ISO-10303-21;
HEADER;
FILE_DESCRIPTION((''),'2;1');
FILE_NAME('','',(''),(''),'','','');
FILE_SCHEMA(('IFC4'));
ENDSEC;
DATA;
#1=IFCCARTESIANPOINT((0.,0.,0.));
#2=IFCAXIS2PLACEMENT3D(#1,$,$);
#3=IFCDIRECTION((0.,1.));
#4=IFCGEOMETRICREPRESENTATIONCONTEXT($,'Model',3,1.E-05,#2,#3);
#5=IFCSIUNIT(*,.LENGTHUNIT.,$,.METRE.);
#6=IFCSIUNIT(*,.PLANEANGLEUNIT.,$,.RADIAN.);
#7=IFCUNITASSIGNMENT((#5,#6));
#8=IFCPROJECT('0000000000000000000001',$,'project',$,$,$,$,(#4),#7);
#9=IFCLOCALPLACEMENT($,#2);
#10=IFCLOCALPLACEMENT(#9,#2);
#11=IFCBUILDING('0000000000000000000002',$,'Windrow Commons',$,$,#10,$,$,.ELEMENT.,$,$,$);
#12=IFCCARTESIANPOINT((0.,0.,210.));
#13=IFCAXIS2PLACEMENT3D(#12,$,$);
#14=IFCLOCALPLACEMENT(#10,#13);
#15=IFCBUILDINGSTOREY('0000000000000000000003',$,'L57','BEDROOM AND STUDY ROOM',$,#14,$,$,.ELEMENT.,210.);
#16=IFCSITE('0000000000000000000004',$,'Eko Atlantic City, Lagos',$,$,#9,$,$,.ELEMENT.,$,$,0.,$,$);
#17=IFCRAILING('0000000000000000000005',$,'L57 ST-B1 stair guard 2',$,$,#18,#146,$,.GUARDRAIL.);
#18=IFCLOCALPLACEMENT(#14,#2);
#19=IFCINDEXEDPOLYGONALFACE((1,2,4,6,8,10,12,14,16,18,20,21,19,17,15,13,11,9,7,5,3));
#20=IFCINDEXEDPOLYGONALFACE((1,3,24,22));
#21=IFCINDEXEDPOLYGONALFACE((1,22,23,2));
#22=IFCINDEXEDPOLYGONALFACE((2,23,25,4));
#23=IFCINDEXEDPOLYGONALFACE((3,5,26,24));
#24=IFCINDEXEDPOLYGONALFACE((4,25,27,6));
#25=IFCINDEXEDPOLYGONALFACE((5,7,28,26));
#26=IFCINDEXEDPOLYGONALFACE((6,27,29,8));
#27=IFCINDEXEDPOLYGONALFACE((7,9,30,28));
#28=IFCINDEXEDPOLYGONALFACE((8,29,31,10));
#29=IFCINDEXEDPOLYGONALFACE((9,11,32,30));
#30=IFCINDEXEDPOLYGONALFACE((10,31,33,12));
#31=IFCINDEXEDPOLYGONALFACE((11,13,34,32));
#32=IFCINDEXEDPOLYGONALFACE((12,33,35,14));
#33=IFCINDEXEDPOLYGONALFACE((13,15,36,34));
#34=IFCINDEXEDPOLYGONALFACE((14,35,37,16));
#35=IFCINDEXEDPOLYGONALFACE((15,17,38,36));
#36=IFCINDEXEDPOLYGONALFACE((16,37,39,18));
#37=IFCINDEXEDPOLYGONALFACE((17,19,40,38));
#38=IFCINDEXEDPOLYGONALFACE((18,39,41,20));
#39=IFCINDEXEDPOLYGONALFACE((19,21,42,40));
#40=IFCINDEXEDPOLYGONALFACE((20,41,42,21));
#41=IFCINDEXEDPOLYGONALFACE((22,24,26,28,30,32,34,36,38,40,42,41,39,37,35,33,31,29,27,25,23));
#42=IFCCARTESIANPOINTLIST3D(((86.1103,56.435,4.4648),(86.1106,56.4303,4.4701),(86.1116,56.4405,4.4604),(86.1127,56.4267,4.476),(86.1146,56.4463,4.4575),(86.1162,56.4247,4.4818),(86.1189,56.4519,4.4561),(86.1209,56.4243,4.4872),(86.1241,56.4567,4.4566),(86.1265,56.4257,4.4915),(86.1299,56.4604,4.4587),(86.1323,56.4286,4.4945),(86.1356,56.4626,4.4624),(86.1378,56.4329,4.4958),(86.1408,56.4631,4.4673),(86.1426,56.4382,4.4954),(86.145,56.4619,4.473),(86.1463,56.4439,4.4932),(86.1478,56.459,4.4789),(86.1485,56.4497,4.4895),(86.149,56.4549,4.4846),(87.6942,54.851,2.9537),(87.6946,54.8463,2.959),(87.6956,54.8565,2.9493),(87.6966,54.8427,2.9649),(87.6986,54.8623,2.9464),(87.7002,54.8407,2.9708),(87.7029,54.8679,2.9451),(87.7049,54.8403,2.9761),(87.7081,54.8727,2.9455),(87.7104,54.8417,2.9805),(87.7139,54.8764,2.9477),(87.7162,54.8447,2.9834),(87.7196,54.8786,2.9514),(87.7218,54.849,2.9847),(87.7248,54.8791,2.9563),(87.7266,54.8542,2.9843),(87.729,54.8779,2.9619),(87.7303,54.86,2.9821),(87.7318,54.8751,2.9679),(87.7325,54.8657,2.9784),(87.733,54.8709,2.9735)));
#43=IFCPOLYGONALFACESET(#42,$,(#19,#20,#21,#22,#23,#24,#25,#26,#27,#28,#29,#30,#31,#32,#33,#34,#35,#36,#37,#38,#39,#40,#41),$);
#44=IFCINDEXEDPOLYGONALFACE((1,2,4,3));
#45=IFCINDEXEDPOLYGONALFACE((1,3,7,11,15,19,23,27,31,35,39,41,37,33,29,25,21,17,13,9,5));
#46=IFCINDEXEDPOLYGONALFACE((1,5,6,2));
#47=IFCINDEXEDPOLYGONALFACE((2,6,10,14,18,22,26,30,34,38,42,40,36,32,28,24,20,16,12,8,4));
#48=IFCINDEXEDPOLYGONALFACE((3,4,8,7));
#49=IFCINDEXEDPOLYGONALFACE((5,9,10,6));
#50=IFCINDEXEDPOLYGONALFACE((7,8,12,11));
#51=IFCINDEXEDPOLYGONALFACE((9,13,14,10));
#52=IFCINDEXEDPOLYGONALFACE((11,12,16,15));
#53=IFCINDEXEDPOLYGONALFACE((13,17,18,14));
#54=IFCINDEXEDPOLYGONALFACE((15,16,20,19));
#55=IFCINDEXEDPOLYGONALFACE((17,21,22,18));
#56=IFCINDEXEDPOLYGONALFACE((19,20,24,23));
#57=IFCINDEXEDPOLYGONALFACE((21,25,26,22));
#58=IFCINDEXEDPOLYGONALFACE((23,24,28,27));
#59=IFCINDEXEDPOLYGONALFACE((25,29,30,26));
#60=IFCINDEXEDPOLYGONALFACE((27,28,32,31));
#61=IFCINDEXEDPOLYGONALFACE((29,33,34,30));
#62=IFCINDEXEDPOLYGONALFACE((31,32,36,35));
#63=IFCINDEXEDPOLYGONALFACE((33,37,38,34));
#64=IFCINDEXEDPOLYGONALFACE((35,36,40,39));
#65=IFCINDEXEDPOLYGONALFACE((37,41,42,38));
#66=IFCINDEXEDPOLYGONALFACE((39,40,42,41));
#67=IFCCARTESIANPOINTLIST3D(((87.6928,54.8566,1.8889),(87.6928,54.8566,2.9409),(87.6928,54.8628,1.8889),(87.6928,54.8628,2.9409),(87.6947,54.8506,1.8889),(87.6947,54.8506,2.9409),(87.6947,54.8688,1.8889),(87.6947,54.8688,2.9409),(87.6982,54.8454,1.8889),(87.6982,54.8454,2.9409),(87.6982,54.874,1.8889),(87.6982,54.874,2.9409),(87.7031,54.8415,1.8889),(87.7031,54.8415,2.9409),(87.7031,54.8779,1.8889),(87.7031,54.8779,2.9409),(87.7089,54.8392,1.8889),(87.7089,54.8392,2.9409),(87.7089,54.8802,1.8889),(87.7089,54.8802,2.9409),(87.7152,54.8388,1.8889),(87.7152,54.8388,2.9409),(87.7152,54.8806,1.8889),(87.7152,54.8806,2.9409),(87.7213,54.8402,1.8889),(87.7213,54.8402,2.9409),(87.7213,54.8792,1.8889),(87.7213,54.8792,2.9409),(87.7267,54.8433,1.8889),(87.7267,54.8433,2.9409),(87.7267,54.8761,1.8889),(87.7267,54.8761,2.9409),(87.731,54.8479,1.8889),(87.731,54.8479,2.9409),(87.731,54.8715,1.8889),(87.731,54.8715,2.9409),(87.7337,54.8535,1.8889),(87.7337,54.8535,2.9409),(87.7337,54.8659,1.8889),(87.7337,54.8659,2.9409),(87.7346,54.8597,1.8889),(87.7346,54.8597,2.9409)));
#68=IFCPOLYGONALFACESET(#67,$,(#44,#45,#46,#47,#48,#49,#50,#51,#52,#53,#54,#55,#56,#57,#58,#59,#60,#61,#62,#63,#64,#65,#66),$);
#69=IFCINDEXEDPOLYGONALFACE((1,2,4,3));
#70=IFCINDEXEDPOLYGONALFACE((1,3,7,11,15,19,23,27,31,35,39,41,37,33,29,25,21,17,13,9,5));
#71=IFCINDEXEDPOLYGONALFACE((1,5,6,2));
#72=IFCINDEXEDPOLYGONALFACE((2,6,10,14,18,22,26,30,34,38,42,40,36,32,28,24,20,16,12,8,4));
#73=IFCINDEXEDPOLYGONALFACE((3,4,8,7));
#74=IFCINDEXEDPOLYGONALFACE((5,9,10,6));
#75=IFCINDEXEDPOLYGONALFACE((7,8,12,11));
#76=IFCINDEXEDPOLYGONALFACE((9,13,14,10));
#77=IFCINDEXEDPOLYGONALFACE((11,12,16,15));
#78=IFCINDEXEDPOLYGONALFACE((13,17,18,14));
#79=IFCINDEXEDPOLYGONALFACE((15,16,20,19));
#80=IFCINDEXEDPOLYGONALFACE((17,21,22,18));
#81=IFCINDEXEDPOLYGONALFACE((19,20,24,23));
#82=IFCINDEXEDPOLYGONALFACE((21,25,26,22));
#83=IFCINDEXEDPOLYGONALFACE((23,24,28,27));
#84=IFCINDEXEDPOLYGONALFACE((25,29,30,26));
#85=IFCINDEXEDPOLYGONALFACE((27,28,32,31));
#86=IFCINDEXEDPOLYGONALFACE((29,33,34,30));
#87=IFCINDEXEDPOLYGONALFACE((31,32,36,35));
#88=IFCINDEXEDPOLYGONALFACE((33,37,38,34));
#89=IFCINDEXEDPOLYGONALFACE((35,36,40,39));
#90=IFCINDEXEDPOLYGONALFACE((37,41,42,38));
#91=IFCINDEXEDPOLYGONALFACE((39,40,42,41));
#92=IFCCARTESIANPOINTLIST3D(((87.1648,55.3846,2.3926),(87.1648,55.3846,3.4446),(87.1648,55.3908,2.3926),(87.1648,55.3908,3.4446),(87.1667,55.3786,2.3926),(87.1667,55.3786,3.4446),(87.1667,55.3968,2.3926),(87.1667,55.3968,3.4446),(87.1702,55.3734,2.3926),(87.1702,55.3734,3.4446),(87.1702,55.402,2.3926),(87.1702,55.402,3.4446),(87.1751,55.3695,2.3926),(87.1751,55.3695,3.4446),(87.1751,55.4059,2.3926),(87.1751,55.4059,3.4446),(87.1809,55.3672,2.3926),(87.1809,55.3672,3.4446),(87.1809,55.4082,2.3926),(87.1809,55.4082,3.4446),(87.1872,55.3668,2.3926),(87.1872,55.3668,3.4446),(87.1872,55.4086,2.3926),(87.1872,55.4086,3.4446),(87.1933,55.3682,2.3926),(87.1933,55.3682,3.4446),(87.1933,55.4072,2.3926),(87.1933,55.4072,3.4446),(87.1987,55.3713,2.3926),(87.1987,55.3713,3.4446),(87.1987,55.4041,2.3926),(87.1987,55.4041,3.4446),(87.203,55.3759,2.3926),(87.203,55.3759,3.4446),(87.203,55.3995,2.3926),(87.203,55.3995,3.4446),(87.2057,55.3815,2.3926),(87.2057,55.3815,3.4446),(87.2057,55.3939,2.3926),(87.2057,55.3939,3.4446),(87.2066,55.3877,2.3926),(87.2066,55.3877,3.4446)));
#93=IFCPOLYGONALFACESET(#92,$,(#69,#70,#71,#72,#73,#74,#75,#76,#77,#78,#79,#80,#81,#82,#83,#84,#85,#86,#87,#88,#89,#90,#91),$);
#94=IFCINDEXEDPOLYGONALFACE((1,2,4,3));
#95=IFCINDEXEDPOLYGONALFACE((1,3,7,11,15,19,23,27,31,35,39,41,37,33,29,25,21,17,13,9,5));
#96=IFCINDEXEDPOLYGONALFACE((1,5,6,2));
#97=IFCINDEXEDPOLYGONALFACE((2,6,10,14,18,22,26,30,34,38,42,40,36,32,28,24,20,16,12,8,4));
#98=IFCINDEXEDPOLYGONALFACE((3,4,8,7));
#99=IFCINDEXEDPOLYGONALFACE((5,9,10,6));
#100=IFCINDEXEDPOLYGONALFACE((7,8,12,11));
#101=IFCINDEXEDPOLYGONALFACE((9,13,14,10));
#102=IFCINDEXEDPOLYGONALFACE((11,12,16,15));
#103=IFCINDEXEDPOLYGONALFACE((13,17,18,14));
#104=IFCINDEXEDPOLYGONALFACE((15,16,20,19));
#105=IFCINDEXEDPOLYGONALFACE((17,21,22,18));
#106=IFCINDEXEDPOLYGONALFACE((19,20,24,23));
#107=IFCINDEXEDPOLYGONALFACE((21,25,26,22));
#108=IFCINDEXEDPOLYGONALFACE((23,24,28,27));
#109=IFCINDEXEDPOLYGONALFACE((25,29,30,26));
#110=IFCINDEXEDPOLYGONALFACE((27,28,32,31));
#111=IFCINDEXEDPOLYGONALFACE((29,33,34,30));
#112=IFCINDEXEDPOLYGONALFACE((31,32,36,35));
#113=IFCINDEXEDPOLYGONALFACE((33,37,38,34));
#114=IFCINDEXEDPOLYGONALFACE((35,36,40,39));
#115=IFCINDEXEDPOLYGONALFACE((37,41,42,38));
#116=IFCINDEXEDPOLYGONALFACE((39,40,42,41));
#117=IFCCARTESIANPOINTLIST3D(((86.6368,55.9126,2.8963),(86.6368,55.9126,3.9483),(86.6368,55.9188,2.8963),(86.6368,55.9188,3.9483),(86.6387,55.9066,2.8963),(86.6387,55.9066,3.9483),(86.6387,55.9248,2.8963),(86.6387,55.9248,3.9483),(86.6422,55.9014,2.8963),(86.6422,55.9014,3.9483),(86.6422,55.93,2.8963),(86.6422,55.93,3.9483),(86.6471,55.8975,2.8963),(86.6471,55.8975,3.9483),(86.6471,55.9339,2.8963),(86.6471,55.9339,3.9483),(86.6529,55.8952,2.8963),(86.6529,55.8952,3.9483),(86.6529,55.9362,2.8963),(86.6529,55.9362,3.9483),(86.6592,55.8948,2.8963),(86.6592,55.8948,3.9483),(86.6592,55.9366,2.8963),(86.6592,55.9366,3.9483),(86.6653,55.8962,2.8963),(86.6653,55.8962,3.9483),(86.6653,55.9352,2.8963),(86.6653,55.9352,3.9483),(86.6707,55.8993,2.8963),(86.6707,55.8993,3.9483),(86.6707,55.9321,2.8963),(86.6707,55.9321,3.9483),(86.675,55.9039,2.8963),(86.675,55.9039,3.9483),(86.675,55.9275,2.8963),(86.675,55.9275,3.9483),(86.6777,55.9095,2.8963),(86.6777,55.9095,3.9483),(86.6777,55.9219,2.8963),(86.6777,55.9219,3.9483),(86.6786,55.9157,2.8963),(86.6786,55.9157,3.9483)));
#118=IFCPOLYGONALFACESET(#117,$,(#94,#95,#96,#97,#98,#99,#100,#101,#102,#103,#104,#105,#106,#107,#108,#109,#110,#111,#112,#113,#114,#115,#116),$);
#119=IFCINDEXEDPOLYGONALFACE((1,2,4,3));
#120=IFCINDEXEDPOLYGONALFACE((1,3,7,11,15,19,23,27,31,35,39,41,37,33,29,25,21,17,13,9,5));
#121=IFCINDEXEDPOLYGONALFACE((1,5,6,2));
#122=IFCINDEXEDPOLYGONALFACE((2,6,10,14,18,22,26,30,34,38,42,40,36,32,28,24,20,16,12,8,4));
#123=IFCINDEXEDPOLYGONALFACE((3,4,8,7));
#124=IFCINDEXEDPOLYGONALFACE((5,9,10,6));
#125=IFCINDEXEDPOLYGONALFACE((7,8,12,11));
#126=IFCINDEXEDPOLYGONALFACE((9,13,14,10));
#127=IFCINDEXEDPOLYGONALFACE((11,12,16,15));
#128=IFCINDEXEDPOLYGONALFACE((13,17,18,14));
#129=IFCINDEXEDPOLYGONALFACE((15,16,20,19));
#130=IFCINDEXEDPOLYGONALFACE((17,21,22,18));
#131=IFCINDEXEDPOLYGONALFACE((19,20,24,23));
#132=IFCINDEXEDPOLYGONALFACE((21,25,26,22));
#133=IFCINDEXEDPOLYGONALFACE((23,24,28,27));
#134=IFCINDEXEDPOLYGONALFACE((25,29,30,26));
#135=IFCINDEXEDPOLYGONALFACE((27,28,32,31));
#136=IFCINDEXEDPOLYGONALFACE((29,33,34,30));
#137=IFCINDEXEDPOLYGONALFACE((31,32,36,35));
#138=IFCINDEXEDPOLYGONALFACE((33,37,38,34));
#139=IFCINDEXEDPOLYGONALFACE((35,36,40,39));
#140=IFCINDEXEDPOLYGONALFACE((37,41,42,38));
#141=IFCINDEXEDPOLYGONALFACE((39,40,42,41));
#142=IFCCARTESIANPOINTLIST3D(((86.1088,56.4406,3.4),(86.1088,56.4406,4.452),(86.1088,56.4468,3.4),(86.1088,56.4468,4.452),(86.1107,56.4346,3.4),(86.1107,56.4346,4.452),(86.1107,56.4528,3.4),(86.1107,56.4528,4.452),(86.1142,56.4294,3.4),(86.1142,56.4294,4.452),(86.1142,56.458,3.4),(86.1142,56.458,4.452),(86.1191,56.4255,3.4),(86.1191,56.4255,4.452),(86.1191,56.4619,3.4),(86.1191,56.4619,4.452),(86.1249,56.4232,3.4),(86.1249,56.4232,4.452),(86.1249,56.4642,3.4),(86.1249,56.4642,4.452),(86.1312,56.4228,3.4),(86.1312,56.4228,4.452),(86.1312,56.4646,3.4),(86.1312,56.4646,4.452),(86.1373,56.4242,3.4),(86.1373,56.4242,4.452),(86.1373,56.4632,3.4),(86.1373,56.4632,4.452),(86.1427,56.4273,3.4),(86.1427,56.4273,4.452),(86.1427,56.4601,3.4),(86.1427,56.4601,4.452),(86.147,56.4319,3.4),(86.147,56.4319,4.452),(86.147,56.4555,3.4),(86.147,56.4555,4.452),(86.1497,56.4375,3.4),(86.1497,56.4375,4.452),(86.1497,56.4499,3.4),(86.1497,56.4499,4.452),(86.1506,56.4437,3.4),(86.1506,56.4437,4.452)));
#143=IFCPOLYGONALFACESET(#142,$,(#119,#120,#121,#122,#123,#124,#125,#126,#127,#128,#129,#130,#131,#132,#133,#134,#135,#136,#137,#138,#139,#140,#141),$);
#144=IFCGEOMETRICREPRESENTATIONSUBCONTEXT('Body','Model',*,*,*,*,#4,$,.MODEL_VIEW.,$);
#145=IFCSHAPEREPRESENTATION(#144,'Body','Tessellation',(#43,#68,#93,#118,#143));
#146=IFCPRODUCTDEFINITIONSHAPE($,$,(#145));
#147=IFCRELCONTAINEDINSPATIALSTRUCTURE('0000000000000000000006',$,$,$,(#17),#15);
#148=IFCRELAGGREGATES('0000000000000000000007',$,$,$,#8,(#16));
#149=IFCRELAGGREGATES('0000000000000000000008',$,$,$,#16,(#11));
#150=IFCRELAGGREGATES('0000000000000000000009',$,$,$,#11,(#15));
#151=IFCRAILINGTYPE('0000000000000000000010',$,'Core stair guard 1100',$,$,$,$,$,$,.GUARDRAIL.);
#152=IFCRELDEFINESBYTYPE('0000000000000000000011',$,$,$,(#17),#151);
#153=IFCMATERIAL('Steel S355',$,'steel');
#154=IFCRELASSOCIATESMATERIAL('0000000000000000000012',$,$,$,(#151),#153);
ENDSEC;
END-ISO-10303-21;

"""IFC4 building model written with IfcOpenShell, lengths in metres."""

from ifc_helpers import new_model, si_unit, direction, frame, origin, origin_2d, place, context, subcontext, project, spatial, circle, extrude, material, type_object, element, save


model = new_model("IFC4")

# Units and contexts
model_context = context("Model", 3, precision=1e-05, world=origin(), true_north=direction((0.0, 1.0)))
body_context = subcontext(model_context, "Body", "Model", "MODEL_VIEW")
ifc_project = project(units=[si_unit("LENGTHUNIT", "METRE"), si_unit("PLANEANGLEUNIT", "RADIAN")], contexts=[model_context])

# Site, building, storey
site_placement = place(None, origin())
site = spatial("IfcSite", under=ifc_project, at=site_placement, Name="Eko Atlantic City, Lagos", CompositionType="ELEMENT", RefElevation=0.0)
building_placement = place(site_placement, origin())
building = spatial("IfcBuilding", under=site, at=building_placement, Name="Windrow Commons", CompositionType="ELEMENT")
storey_placement = place(building_placement, frame((0.0, 0.0, 210.0)))
storey = spatial("IfcBuildingStorey", under=building, at=storey_placement, Name="L57", Description="BEDROOM AND STUDY ROOM", CompositionType="ELEMENT", Elevation=210.0)

# Railing
ifc_material_1 = material(Name="Steel S355", Category="steel")
railing_type_1 = type_object("IfcRailingType", Name="Core stair guard 1100", PredefinedType="GUARDRAIL", material=ifc_material_1)
railing_1_placement = place(storey_placement, frame((87.7136, 54.8597, 1.8889)))
element("IfcRailing", 1, at=railing_1_placement, inside=storey, type_object=railing_type_1, Name="L57 ST-B1 stair guard 2", PredefinedType="GUARDRAIL", context=body_context, shape_type="SweptSolid", body=[
    extrude(circle(Radius=0.024, at=origin_2d()), frame((0.0, 0.0, 1.076), z_axis=(-0.586203, 0.586203, 0.559224), x_axis=(-0.707107, -0.707107, 0.0)), (0.0, 0.0, 1.0), 2.7021),
    extrude(circle(Radius=0.021, at=origin_2d()), origin(), (0.0, 0.0, 1.0), 1.052),
    extrude(circle(Radius=0.021, at=origin_2d()), frame((-0.528, 0.528, 0.5037)), (0.0, 0.0, 1.0), 1.052),
    extrude(circle(Radius=0.021, at=origin_2d()), frame((-1.056, 1.056, 1.0074)), (0.0, 0.0, 1.0), 1.052),
    extrude(circle(Radius=0.021, at=origin_2d()), frame((-1.584, 1.584, 1.5111)), (0.0, 0.0, 1.0), 1.052),
])

save(model, "model.ifc")
